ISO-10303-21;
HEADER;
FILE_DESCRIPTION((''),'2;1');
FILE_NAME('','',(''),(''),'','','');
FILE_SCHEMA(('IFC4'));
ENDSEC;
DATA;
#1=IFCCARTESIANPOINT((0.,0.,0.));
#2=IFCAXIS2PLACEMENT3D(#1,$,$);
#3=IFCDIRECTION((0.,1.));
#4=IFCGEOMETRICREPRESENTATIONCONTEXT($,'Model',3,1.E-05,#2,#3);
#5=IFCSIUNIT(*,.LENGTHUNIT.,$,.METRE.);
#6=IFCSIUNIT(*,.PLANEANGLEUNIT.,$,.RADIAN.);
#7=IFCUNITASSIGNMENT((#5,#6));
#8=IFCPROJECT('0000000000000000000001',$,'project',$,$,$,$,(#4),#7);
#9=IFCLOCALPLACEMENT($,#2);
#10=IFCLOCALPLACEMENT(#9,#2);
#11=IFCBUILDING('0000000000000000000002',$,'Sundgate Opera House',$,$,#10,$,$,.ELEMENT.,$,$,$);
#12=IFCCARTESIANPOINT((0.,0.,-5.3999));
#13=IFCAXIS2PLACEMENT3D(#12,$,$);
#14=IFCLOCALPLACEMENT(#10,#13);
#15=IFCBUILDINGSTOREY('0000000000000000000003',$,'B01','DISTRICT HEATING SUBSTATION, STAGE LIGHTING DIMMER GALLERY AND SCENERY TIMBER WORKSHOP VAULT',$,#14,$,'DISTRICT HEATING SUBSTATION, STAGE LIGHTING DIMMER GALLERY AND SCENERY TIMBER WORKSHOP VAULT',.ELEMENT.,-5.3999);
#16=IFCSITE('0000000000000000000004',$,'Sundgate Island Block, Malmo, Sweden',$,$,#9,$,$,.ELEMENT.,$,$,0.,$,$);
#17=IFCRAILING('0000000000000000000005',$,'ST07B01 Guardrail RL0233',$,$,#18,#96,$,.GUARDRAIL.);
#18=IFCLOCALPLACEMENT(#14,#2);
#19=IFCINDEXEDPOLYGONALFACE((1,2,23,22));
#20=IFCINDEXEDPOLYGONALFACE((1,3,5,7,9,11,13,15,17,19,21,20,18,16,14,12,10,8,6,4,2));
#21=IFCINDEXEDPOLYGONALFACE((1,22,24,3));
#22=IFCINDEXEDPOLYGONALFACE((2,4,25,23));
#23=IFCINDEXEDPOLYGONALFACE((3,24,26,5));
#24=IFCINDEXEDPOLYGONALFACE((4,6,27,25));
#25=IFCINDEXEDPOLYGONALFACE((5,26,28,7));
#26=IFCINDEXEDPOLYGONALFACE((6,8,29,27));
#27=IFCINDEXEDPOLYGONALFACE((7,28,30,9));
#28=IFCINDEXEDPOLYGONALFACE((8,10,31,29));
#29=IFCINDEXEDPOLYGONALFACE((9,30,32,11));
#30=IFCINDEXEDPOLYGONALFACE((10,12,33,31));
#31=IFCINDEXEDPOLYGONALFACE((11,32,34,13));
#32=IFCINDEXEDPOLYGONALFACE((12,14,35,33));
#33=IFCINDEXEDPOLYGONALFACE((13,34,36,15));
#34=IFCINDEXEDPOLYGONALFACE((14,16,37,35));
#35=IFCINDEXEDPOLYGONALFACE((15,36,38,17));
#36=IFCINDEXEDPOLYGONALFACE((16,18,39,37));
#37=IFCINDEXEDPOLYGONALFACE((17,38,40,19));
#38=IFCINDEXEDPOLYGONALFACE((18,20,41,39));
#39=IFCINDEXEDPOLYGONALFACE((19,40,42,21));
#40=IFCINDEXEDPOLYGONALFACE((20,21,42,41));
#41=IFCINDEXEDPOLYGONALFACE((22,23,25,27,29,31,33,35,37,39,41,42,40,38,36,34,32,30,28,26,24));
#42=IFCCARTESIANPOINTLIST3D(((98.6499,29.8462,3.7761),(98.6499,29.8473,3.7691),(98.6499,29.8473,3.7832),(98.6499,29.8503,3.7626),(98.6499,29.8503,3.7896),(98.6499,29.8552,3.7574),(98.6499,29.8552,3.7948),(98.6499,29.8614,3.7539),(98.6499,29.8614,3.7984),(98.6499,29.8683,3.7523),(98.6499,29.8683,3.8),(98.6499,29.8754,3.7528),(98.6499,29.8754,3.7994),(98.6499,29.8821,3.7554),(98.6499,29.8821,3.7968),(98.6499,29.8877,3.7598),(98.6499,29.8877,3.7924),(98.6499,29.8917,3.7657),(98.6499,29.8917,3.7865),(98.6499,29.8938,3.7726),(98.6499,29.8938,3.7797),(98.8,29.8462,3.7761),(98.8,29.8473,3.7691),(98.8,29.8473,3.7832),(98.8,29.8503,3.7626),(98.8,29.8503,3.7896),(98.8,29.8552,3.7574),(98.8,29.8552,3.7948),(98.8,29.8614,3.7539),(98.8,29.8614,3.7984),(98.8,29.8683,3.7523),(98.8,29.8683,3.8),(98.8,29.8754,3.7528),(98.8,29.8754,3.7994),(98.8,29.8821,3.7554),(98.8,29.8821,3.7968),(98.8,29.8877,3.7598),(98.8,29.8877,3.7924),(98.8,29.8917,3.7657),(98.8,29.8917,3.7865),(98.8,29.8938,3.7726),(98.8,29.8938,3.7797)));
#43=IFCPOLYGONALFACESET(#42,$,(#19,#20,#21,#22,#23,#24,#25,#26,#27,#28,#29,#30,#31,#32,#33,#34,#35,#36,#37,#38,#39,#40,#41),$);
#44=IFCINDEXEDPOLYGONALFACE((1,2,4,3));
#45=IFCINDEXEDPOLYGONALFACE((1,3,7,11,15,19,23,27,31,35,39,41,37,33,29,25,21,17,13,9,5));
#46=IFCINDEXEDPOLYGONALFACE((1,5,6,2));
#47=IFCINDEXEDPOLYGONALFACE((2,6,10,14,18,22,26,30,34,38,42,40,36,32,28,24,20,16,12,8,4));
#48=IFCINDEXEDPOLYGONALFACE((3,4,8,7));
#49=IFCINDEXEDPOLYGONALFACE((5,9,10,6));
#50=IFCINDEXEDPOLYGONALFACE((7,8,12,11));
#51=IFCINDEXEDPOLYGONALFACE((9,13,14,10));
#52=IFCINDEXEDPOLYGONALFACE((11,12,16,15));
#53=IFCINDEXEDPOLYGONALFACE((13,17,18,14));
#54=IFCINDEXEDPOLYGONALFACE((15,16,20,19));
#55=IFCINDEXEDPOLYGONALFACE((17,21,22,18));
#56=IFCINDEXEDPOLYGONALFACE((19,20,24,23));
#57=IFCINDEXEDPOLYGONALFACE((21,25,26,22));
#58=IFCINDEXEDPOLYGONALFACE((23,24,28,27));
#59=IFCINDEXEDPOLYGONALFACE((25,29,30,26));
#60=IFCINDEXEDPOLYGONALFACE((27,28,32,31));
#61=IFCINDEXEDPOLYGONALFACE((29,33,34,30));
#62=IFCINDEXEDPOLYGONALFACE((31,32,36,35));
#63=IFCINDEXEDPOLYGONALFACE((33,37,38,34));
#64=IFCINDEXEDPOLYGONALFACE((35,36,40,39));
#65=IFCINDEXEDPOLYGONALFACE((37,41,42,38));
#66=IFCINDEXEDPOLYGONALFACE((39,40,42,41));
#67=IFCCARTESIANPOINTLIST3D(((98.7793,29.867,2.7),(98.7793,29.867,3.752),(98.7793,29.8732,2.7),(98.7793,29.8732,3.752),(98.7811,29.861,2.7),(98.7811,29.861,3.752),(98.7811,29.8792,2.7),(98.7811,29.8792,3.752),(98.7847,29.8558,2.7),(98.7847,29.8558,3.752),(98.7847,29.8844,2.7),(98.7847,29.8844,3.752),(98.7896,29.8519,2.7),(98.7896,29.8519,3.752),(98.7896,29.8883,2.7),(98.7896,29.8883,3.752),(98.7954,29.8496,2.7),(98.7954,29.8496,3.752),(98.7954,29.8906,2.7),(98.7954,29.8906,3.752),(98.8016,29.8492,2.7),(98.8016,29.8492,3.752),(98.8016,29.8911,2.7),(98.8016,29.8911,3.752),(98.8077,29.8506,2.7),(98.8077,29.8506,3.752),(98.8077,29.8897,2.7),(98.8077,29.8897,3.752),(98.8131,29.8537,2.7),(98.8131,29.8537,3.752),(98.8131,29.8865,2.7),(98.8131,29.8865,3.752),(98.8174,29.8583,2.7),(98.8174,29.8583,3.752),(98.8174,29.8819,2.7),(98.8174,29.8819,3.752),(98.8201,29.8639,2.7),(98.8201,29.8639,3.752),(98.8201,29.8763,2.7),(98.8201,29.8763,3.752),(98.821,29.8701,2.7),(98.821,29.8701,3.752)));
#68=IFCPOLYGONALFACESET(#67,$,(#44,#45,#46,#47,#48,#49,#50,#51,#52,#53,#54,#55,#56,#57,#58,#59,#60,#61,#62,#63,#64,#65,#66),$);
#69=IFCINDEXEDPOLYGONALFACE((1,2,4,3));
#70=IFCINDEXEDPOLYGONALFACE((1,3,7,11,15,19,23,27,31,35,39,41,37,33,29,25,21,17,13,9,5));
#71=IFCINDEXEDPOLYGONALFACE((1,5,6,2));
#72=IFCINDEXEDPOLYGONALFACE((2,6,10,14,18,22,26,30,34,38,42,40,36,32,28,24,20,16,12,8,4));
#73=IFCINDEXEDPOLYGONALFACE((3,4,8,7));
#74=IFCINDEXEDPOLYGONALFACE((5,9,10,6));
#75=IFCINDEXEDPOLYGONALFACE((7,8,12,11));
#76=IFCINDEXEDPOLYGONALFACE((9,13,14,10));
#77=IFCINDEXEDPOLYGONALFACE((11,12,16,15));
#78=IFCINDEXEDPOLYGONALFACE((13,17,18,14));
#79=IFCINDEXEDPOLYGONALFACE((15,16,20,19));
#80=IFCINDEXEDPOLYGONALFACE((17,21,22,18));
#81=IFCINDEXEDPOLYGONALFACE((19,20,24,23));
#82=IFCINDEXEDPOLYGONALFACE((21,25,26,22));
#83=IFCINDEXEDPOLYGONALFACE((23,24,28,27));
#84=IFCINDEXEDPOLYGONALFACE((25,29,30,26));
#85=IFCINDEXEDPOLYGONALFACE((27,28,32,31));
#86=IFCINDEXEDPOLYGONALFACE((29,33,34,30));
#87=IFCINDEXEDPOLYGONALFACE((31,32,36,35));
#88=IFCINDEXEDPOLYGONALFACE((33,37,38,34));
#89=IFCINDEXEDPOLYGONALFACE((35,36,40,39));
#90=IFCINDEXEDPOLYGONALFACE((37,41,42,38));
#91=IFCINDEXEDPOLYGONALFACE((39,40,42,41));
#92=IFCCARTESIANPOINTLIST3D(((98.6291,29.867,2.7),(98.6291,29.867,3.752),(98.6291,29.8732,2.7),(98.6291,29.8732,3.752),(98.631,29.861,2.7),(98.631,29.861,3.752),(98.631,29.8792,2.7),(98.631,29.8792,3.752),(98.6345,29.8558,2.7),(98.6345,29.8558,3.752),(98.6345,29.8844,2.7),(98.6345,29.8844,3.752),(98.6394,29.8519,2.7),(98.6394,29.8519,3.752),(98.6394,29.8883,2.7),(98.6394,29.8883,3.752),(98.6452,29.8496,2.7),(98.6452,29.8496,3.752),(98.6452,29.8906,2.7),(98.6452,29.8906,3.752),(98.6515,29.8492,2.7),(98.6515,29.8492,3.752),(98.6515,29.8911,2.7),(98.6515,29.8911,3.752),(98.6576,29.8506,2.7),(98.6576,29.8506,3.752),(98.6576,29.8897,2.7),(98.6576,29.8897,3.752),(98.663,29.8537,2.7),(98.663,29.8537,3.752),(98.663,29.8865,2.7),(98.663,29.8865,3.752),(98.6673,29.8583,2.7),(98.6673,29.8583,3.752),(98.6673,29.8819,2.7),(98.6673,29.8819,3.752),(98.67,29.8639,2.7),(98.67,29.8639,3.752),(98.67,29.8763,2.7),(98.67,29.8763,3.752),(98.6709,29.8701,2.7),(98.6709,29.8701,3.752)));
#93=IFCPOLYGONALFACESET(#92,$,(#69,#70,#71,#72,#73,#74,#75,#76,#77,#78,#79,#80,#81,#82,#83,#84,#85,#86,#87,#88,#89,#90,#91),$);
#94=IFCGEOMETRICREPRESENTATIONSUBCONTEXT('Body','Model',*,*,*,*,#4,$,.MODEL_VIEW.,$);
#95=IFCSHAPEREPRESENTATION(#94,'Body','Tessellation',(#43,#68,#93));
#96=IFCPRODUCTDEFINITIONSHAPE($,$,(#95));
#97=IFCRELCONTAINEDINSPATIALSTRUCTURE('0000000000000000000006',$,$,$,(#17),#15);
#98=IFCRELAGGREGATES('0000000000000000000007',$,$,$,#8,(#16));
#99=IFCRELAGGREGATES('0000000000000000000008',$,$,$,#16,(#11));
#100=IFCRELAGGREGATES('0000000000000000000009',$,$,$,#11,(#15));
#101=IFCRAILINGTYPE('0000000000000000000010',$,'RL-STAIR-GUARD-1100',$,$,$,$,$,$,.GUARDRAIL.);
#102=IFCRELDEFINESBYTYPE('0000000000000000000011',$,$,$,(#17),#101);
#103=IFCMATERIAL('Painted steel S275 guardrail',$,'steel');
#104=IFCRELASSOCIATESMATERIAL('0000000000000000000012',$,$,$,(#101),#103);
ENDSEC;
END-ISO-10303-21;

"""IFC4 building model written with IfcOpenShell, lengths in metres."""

from ifc_helpers import new_model, si_unit, direction, frame, origin, origin_2d, place, context, subcontext, project, spatial, circle, extrude, material, type_object, element, save


model = new_model("IFC4")

# Units and contexts
model_context = context("Model", 3, precision=1e-05, world=origin(), true_north=direction((0.0, 1.0)))
body_context = subcontext(model_context, "Body", "Model", "MODEL_VIEW")
ifc_project = project(units=[si_unit("LENGTHUNIT", "METRE"), si_unit("PLANEANGLEUNIT", "RADIAN")], contexts=[model_context])

# Site, building, storey
site_placement = place(None, origin())
site = spatial("IfcSite", under=ifc_project, at=site_placement, Name="Sundgate Island Block, Malmo, Sweden", CompositionType="ELEMENT", RefElevation=0.0)
building_placement = place(site_placement, origin())
building = spatial("IfcBuilding", under=site, at=building_placement, Name="Sundgate Opera House", CompositionType="ELEMENT")
storey_placement = place(building_placement, frame((0.0, 0.0, -5.3999)))
storey = spatial("IfcBuildingStorey", under=building, at=storey_placement, Name="B01", Description="DISTRICT HEATING SUBSTATION, STAGE LIGHTING DIMMER GALLERY AND SCENERY TIMBER WORKSHOP VAULT", LongName="DISTRICT HEATING SUBSTATION, STAGE LIGHTING DIMMER GALLERY AND SCENERY TIMBER WORKSHOP VAULT", CompositionType="ELEMENT", Elevation=-5.3999)

# Railing
ifc_material_1 = material(Name="Painted steel S275 guardrail", Category="steel")
railing_type_1 = type_object("IfcRailingType", Name="RL-STAIR-GUARD-1100", PredefinedType="GUARDRAIL", material=ifc_material_1)
railing_1_placement = place(storey_placement, frame((98.8, 29.8701, 2.7)))
element("IfcRailing", 1, at=railing_1_placement, inside=storey, type_object=railing_type_1, Name="ST07B01 Guardrail RL0233", PredefinedType="GUARDRAIL", context=body_context, shape_type="SweptSolid", body=[
    extrude(circle(Radius=0.0239, at=origin_2d()), frame((0.0, 0.0, 1.0762), z_axis=(-1.0, 0.0, 0.0), x_axis=(0.0, -1.0, 0.0)), (0.0, 0.0, 1.0), 0.1501),
    extrude(circle(Radius=0.021, at=origin_2d()), origin(), (0.0, 0.0, 1.0), 1.052),
    extrude(circle(Radius=0.021, at=origin_2d()), frame((-0.1501, 0.0, 0.0)), (0.0, 0.0, 1.0), 1.052),
])

save(model, "model.ifc")
